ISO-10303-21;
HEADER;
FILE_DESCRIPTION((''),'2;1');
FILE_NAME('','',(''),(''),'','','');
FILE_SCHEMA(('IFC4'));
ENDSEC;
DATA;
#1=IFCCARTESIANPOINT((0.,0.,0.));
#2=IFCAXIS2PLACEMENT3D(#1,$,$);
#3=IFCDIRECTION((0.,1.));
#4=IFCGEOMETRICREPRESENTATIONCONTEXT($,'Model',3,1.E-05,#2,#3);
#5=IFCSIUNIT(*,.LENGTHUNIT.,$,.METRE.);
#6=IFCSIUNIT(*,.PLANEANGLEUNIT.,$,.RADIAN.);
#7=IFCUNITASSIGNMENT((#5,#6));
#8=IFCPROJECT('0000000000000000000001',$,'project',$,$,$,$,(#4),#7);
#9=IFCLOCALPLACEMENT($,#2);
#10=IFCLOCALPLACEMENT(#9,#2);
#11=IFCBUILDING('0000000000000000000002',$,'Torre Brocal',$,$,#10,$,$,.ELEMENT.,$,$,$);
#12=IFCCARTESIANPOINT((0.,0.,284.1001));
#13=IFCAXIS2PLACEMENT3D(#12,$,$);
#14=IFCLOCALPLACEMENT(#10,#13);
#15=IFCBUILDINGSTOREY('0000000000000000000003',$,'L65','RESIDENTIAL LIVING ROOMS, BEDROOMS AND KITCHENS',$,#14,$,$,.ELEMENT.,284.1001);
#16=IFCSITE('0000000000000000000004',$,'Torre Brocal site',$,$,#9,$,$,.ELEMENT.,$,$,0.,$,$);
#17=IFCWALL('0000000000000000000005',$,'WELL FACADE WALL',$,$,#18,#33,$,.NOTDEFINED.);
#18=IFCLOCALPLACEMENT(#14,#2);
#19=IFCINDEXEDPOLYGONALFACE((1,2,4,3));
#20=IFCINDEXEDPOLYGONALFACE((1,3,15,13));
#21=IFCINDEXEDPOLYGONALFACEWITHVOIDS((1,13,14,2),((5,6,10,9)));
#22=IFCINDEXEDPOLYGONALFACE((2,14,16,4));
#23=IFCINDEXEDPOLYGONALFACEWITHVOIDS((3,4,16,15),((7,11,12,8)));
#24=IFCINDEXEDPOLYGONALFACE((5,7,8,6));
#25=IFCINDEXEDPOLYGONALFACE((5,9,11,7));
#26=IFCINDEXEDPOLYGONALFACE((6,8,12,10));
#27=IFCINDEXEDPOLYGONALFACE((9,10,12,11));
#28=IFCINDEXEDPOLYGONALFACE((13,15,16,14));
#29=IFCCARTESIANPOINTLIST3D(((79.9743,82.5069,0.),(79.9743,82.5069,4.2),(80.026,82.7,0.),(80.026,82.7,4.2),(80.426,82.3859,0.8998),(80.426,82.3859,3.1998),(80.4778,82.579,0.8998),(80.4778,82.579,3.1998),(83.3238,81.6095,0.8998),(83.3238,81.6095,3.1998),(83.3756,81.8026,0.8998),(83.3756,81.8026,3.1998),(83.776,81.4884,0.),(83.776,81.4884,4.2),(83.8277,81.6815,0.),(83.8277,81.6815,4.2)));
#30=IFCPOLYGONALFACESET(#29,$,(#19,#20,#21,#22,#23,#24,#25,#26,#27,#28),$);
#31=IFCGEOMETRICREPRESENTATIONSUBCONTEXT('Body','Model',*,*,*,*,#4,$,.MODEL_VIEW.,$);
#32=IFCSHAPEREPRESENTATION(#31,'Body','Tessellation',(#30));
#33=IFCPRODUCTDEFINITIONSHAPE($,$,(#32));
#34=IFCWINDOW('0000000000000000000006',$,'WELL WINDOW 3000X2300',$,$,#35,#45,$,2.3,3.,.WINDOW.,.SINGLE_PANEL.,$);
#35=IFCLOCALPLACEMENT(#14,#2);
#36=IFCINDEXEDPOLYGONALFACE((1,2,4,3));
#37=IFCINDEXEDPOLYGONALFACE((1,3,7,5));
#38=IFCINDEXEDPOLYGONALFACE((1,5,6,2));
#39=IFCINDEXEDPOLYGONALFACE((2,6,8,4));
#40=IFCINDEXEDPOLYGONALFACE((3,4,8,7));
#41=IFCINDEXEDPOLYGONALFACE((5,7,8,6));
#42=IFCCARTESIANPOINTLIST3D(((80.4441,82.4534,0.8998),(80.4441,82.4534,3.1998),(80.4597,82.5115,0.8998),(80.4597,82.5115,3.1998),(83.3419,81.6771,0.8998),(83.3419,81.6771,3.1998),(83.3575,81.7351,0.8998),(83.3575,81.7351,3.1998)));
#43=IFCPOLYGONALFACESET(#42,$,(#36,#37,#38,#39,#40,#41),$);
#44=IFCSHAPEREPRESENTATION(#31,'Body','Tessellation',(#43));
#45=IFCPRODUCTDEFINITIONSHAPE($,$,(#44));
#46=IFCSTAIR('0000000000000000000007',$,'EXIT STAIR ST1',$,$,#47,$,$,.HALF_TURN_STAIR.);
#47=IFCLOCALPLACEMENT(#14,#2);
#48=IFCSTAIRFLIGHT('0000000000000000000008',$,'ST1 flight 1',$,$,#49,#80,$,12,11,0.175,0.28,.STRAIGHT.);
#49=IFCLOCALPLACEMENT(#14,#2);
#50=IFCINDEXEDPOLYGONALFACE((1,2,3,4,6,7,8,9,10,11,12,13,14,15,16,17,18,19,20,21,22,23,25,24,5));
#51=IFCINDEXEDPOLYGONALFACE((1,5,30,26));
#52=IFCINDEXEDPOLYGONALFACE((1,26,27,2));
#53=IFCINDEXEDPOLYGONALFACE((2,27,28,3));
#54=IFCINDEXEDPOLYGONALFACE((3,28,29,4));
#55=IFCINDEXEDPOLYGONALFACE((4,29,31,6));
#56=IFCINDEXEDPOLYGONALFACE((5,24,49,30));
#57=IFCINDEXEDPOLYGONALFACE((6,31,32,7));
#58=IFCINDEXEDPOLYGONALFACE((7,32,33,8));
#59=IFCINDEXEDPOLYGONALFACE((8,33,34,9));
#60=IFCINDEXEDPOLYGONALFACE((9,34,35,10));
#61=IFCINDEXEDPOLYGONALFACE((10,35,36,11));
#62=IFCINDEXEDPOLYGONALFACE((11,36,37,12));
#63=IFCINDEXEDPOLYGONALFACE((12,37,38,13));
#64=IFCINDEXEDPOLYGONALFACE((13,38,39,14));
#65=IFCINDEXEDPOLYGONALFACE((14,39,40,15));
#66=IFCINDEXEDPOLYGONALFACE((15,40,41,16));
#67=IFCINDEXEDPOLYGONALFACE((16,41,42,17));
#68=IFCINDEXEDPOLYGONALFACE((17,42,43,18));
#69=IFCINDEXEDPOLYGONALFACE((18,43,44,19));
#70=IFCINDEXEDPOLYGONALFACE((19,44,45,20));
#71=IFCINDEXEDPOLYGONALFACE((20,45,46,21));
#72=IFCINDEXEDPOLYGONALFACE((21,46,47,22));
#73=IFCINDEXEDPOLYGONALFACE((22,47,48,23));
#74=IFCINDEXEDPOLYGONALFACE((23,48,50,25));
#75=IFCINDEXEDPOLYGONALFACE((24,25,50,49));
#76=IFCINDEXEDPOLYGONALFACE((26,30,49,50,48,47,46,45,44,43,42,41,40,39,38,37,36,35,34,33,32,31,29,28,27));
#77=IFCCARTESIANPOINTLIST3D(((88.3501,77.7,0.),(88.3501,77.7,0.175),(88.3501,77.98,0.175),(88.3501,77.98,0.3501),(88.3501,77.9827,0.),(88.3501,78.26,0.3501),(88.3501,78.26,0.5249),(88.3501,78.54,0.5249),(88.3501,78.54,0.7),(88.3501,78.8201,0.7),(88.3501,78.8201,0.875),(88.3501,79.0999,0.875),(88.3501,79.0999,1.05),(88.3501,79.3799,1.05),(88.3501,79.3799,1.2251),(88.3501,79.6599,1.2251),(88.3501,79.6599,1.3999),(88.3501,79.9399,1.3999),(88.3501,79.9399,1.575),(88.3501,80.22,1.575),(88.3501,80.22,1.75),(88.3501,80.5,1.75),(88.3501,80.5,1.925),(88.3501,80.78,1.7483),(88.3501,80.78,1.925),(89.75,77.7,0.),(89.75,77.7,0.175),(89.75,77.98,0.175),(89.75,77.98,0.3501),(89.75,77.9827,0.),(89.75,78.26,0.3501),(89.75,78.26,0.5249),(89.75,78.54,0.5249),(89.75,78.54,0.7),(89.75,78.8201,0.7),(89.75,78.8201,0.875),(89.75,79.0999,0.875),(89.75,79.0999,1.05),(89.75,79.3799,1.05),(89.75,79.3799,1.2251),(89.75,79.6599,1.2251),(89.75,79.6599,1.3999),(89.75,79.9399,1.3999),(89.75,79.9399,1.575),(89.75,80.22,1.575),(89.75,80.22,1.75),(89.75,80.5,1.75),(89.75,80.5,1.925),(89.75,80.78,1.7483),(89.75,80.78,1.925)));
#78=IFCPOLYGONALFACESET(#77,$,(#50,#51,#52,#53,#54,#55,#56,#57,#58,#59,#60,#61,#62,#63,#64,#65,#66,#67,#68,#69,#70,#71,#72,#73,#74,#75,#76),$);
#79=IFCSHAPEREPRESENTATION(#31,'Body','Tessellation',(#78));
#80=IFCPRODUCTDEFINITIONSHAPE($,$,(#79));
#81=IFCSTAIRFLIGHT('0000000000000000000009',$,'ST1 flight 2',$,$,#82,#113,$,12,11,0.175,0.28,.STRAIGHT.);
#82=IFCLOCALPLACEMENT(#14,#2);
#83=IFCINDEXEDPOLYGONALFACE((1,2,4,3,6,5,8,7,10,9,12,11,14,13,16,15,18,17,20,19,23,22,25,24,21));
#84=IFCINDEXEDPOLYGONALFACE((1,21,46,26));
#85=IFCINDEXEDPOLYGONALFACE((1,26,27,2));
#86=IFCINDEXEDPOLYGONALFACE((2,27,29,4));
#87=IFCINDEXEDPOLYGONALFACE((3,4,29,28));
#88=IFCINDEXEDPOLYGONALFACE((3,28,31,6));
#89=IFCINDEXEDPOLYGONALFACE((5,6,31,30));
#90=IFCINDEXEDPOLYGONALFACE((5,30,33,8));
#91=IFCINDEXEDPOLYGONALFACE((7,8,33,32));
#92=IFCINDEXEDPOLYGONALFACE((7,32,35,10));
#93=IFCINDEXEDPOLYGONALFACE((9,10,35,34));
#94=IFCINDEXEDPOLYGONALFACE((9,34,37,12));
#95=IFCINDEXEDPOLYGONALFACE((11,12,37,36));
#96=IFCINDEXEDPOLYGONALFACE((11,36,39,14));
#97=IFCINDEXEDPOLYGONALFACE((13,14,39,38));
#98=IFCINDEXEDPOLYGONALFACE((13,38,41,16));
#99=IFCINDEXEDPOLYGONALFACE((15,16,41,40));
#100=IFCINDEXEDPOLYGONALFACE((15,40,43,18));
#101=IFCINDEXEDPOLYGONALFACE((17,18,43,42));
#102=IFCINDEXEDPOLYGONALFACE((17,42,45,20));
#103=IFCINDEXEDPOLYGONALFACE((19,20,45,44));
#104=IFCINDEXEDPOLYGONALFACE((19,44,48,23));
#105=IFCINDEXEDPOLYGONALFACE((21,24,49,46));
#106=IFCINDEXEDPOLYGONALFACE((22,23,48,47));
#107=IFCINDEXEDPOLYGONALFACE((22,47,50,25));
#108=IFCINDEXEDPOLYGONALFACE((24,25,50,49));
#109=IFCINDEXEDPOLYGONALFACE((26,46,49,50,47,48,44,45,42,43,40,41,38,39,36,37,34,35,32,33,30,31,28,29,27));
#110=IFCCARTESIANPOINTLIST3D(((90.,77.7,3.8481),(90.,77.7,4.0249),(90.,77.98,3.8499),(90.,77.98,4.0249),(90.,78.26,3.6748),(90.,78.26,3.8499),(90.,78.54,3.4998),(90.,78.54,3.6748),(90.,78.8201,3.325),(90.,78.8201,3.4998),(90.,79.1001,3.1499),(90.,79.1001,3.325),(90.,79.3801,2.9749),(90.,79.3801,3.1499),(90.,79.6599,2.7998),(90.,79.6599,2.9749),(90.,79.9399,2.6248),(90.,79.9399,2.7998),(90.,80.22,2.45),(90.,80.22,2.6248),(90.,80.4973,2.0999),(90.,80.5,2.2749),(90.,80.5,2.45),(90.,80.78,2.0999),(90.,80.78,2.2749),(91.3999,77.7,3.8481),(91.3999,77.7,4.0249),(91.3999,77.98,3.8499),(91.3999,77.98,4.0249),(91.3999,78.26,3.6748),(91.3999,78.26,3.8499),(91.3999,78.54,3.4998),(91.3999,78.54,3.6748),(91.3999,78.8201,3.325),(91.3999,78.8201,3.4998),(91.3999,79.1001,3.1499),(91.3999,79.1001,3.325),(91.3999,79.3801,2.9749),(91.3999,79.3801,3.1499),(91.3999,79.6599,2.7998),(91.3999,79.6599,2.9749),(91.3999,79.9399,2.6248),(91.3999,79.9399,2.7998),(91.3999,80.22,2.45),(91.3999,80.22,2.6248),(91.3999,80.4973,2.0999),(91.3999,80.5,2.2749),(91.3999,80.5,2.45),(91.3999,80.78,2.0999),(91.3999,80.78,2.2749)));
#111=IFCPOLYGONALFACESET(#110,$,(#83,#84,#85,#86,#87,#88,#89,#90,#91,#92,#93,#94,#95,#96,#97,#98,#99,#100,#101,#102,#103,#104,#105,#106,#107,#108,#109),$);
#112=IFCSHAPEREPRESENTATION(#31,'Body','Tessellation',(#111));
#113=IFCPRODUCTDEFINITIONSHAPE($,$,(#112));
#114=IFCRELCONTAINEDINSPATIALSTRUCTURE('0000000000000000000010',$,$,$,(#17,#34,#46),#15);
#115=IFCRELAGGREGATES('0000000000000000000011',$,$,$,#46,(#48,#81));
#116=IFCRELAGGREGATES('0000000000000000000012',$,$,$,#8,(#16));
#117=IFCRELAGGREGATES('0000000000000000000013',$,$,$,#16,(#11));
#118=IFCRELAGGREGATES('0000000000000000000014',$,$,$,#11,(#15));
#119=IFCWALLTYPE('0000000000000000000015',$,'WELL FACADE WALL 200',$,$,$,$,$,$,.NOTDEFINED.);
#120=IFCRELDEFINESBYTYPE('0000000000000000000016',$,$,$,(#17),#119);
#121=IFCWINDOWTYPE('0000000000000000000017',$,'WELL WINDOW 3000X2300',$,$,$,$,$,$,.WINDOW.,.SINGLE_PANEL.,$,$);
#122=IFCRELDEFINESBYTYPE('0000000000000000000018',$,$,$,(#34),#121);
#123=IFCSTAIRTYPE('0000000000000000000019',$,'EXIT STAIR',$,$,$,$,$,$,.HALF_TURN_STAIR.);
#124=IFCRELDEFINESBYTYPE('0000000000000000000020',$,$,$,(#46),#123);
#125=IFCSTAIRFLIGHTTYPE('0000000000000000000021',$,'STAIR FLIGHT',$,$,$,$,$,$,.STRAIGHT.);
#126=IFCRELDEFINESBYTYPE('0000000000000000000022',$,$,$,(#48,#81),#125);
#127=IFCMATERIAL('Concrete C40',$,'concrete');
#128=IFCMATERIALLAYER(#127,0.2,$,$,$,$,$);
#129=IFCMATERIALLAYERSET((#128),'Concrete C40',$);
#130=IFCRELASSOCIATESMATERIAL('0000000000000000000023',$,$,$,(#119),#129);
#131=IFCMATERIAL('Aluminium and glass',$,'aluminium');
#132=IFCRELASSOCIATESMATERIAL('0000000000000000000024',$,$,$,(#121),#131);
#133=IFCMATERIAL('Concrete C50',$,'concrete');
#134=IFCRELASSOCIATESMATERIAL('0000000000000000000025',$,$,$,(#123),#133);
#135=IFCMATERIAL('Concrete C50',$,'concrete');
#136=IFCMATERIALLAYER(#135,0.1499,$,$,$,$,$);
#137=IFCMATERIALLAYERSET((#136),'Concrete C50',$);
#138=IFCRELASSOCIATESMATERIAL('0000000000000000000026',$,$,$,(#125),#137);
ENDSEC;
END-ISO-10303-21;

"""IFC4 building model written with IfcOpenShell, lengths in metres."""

from ifc_helpers import new_model, si_unit, direction, frame, frame_2d, origin, place, context, subcontext, project, spatial, polyline, rectangle, outline, extrude, material, layer, layer_set, type_object, element, fill, aggregate, save


model = new_model("IFC4")

# Units and contexts
model_context = context("Model", 3, precision=1e-05, world=origin(), true_north=direction((0.0, 1.0)))
body_context = subcontext(model_context, "Body", "Model", "MODEL_VIEW")
ifc_project = project(units=[si_unit("LENGTHUNIT", "METRE"), si_unit("PLANEANGLEUNIT", "RADIAN")], contexts=[model_context])

# Site, building, storey
site_placement = place(None, origin())
site = spatial("IfcSite", under=ifc_project, at=site_placement, Name="Torre Brocal site", CompositionType="ELEMENT", RefElevation=0.0)
building_placement = place(site_placement, origin())
building = spatial("IfcBuilding", under=site, at=building_placement, Name="Torre Brocal", CompositionType="ELEMENT")
storey_placement = place(building_placement, frame((0.0, 0.0, 284.1001)))
storey = spatial("IfcBuildingStorey", under=building, at=storey_placement, Name="L65", Description="RESIDENTIAL LIVING ROOMS, BEDROOMS AND KITCHENS", CompositionType="ELEMENT", Elevation=284.1001)

# Wall, opening, window
ifc_material_1 = material(Name="Concrete C40", Category="concrete")
ifc_layer_1 = layer(ifc_material_1, 0.2)
ifc_layer_set_1 = layer_set([ifc_layer_1], Name="Concrete C40")
wall_type_1 = type_object("IfcWallType", Name="WELL FACADE WALL 200", PredefinedType="NOTDEFINED", material=ifc_layer_set_1)
ifc_material_2 = material(Name="Aluminium and glass", Category="aluminium")
window_type = type_object("IfcWindowType", Name="WELL WINDOW 3000X2300", PartitioningType="SINGLE_PANEL", PredefinedType="WINDOW", material=ifc_material_2)
wall_1_placement = place(storey_placement, frame((83.8018, 81.585, 0.0), z_axis=(0.0, 0.0, 1.0), x_axis=(-0.965934, 0.25879, 0.0)))
wall_1 = element("IfcWall", 1, at=wall_1_placement, inside=storey, type_object=wall_type_1, Name="WELL FACADE WALL", PredefinedType="NOTDEFINED", context=body_context, shape_type="SweptSolid", body=[
    extrude(rectangle(XDim=3.9358, YDim=0.2, at=frame_2d((1.9678, 0.0))), origin(), (0.0, 0.0, 1.0), 4.2),
])
opening_1_placement = place(wall_1_placement, frame((0.468, 0.0, 0.8999)))
opening_1 = element("IfcOpeningElement", 2, at=opening_1_placement, cuts=wall_1, PredefinedType="OPENING", context=body_context, shape_type="SweptSolid", body=[
    extrude(rectangle(XDim=3.0, YDim=2.3, at=frame_2d((1.5, 1.1499))), frame((0.0, 0.1099, 0.0), z_axis=(0.0, -1.0, 0.0), x_axis=(1.0, 0.0, 0.0)), (0.0, 0.0, 1.0), 0.22),
])
window_1_placement = place(opening_1_placement, origin())
window_1 = element("IfcWindow", 3, at=window_1_placement, inside=storey, type_object=window_type, Name="WELL WINDOW 3000X2300", OverallHeight=2.3, OverallWidth=3.0, PartitioningType="SINGLE_PANEL", PredefinedType="WINDOW", context=body_context, shape_type="SweptSolid", body=[
    extrude(rectangle(XDim=3.0, YDim=2.3, at=frame_2d((1.5, 1.1499))), frame((0.0, 0.03, 0.0), z_axis=(0.0, -1.0, 0.0), x_axis=(1.0, 0.0, 0.0)), (0.0, 0.0, 1.0), 0.0601),
])
fill(opening_1, window_1)

# Stair, stair flights
ifc_material_3 = material(Name="Concrete C50", Category="concrete")
stair_type = type_object("IfcStairType", Name="EXIT STAIR", PredefinedType="HALF_TURN_STAIR", material=ifc_material_3)
stair_placement = place(storey_placement, origin())
stair = element("IfcStair", 4, at=stair_placement, inside=storey, type_object=stair_type, Name="EXIT STAIR ST1", PredefinedType="HALF_TURN_STAIR")
ifc_material_4 = material(Name="Concrete C50", Category="concrete")
ifc_layer_2 = layer(ifc_material_4, 0.1499)
ifc_layer_set_2 = layer_set([ifc_layer_2], Name="Concrete C50")
stair_flight_type = type_object("IfcStairFlightType", Name="STAIR FLIGHT", PredefinedType="STRAIGHT", material=ifc_layer_set_2)
stair_flight_1_placement = place(storey_placement, frame((89.05, 77.7, 0.0), z_axis=(0.0, 0.0, 1.0), x_axis=(0.0, 1.0, 0.0)))
stair_flight_1 = element("IfcStairFlight", 5, at=stair_flight_1_placement, type_object=stair_flight_type, Name="ST1 flight 1", NumberOfRisers=12, NumberOfTreads=11, PredefinedType="STRAIGHT", RiserHeight=0.175, TreadLength=0.28, context=body_context, shape_type="SweptSolid", body=[
    extrude(outline(polyline([(0.0, 0.0), (0.0, 0.175), (0.28, 0.175), (0.28, 0.3501), (0.5601, 0.3501), (0.5601, 0.5249), (0.8401, 0.5249), (0.8401, 0.7), (1.1201, 0.7), (1.1201, 0.875), (1.3999, 0.875), (1.3999, 1.05), (1.6799, 1.05), (1.6799, 1.2251), (1.96, 1.2251), (1.96, 1.3999), (2.24, 1.3999), (2.24, 1.575), (2.52, 1.575), (2.52, 1.75), (2.8, 1.75), (2.8, 1.925), (3.0801, 1.925), (3.0801, 2.1001), (3.0801, 1.7483), (0.2827, 0.0), (0.0, 0.0)])), frame((0.0, 0.7, 0.0), z_axis=(0.0, -1.0, 0.0), x_axis=(1.0, 0.0, 0.0)), (0.0, 0.0, 1.0), 1.3999),
])
stair_flight_2_placement = place(storey_placement, frame((90.7, 80.78, 2.0999), z_axis=(0.0, 0.0, 1.0), x_axis=(0.0, -1.0, 0.0)))
stair_flight_2 = element("IfcStairFlight", 6, at=stair_flight_2_placement, type_object=stair_flight_type, Name="ST1 flight 2", NumberOfRisers=12, NumberOfTreads=11, PredefinedType="STRAIGHT", RiserHeight=0.175, TreadLength=0.28, context=body_context, shape_type="SweptSolid", body=[
    extrude(outline(polyline([(0.0, 0.0), (0.0, 0.175), (0.28, 0.175), (0.28, 0.3501), (0.5601, 0.3501), (0.5601, 0.5249), (0.8401, 0.5249), (0.8401, 0.7), (1.1201, 0.7), (1.1201, 0.875), (1.3999, 0.875), (1.3999, 1.05), (1.6799, 1.05), (1.6799, 1.2251), (1.96, 1.2251), (1.96, 1.3999), (2.24, 1.3999), (2.24, 1.575), (2.52, 1.575), (2.52, 1.75), (2.8, 1.75), (2.8, 1.925), (3.0801, 1.925), (3.0801, 2.1001), (3.0801, 1.7483), (0.2827, 0.0), (0.0, 0.0)])), frame((0.0, 0.7, 0.0), z_axis=(0.0, -1.0, 0.0), x_axis=(1.0, 0.0, 0.0)), (0.0, 0.0, 1.0), 1.3999),
])
aggregate(stair, [stair_flight_1, stair_flight_2])

save(model, "model.ifc")
